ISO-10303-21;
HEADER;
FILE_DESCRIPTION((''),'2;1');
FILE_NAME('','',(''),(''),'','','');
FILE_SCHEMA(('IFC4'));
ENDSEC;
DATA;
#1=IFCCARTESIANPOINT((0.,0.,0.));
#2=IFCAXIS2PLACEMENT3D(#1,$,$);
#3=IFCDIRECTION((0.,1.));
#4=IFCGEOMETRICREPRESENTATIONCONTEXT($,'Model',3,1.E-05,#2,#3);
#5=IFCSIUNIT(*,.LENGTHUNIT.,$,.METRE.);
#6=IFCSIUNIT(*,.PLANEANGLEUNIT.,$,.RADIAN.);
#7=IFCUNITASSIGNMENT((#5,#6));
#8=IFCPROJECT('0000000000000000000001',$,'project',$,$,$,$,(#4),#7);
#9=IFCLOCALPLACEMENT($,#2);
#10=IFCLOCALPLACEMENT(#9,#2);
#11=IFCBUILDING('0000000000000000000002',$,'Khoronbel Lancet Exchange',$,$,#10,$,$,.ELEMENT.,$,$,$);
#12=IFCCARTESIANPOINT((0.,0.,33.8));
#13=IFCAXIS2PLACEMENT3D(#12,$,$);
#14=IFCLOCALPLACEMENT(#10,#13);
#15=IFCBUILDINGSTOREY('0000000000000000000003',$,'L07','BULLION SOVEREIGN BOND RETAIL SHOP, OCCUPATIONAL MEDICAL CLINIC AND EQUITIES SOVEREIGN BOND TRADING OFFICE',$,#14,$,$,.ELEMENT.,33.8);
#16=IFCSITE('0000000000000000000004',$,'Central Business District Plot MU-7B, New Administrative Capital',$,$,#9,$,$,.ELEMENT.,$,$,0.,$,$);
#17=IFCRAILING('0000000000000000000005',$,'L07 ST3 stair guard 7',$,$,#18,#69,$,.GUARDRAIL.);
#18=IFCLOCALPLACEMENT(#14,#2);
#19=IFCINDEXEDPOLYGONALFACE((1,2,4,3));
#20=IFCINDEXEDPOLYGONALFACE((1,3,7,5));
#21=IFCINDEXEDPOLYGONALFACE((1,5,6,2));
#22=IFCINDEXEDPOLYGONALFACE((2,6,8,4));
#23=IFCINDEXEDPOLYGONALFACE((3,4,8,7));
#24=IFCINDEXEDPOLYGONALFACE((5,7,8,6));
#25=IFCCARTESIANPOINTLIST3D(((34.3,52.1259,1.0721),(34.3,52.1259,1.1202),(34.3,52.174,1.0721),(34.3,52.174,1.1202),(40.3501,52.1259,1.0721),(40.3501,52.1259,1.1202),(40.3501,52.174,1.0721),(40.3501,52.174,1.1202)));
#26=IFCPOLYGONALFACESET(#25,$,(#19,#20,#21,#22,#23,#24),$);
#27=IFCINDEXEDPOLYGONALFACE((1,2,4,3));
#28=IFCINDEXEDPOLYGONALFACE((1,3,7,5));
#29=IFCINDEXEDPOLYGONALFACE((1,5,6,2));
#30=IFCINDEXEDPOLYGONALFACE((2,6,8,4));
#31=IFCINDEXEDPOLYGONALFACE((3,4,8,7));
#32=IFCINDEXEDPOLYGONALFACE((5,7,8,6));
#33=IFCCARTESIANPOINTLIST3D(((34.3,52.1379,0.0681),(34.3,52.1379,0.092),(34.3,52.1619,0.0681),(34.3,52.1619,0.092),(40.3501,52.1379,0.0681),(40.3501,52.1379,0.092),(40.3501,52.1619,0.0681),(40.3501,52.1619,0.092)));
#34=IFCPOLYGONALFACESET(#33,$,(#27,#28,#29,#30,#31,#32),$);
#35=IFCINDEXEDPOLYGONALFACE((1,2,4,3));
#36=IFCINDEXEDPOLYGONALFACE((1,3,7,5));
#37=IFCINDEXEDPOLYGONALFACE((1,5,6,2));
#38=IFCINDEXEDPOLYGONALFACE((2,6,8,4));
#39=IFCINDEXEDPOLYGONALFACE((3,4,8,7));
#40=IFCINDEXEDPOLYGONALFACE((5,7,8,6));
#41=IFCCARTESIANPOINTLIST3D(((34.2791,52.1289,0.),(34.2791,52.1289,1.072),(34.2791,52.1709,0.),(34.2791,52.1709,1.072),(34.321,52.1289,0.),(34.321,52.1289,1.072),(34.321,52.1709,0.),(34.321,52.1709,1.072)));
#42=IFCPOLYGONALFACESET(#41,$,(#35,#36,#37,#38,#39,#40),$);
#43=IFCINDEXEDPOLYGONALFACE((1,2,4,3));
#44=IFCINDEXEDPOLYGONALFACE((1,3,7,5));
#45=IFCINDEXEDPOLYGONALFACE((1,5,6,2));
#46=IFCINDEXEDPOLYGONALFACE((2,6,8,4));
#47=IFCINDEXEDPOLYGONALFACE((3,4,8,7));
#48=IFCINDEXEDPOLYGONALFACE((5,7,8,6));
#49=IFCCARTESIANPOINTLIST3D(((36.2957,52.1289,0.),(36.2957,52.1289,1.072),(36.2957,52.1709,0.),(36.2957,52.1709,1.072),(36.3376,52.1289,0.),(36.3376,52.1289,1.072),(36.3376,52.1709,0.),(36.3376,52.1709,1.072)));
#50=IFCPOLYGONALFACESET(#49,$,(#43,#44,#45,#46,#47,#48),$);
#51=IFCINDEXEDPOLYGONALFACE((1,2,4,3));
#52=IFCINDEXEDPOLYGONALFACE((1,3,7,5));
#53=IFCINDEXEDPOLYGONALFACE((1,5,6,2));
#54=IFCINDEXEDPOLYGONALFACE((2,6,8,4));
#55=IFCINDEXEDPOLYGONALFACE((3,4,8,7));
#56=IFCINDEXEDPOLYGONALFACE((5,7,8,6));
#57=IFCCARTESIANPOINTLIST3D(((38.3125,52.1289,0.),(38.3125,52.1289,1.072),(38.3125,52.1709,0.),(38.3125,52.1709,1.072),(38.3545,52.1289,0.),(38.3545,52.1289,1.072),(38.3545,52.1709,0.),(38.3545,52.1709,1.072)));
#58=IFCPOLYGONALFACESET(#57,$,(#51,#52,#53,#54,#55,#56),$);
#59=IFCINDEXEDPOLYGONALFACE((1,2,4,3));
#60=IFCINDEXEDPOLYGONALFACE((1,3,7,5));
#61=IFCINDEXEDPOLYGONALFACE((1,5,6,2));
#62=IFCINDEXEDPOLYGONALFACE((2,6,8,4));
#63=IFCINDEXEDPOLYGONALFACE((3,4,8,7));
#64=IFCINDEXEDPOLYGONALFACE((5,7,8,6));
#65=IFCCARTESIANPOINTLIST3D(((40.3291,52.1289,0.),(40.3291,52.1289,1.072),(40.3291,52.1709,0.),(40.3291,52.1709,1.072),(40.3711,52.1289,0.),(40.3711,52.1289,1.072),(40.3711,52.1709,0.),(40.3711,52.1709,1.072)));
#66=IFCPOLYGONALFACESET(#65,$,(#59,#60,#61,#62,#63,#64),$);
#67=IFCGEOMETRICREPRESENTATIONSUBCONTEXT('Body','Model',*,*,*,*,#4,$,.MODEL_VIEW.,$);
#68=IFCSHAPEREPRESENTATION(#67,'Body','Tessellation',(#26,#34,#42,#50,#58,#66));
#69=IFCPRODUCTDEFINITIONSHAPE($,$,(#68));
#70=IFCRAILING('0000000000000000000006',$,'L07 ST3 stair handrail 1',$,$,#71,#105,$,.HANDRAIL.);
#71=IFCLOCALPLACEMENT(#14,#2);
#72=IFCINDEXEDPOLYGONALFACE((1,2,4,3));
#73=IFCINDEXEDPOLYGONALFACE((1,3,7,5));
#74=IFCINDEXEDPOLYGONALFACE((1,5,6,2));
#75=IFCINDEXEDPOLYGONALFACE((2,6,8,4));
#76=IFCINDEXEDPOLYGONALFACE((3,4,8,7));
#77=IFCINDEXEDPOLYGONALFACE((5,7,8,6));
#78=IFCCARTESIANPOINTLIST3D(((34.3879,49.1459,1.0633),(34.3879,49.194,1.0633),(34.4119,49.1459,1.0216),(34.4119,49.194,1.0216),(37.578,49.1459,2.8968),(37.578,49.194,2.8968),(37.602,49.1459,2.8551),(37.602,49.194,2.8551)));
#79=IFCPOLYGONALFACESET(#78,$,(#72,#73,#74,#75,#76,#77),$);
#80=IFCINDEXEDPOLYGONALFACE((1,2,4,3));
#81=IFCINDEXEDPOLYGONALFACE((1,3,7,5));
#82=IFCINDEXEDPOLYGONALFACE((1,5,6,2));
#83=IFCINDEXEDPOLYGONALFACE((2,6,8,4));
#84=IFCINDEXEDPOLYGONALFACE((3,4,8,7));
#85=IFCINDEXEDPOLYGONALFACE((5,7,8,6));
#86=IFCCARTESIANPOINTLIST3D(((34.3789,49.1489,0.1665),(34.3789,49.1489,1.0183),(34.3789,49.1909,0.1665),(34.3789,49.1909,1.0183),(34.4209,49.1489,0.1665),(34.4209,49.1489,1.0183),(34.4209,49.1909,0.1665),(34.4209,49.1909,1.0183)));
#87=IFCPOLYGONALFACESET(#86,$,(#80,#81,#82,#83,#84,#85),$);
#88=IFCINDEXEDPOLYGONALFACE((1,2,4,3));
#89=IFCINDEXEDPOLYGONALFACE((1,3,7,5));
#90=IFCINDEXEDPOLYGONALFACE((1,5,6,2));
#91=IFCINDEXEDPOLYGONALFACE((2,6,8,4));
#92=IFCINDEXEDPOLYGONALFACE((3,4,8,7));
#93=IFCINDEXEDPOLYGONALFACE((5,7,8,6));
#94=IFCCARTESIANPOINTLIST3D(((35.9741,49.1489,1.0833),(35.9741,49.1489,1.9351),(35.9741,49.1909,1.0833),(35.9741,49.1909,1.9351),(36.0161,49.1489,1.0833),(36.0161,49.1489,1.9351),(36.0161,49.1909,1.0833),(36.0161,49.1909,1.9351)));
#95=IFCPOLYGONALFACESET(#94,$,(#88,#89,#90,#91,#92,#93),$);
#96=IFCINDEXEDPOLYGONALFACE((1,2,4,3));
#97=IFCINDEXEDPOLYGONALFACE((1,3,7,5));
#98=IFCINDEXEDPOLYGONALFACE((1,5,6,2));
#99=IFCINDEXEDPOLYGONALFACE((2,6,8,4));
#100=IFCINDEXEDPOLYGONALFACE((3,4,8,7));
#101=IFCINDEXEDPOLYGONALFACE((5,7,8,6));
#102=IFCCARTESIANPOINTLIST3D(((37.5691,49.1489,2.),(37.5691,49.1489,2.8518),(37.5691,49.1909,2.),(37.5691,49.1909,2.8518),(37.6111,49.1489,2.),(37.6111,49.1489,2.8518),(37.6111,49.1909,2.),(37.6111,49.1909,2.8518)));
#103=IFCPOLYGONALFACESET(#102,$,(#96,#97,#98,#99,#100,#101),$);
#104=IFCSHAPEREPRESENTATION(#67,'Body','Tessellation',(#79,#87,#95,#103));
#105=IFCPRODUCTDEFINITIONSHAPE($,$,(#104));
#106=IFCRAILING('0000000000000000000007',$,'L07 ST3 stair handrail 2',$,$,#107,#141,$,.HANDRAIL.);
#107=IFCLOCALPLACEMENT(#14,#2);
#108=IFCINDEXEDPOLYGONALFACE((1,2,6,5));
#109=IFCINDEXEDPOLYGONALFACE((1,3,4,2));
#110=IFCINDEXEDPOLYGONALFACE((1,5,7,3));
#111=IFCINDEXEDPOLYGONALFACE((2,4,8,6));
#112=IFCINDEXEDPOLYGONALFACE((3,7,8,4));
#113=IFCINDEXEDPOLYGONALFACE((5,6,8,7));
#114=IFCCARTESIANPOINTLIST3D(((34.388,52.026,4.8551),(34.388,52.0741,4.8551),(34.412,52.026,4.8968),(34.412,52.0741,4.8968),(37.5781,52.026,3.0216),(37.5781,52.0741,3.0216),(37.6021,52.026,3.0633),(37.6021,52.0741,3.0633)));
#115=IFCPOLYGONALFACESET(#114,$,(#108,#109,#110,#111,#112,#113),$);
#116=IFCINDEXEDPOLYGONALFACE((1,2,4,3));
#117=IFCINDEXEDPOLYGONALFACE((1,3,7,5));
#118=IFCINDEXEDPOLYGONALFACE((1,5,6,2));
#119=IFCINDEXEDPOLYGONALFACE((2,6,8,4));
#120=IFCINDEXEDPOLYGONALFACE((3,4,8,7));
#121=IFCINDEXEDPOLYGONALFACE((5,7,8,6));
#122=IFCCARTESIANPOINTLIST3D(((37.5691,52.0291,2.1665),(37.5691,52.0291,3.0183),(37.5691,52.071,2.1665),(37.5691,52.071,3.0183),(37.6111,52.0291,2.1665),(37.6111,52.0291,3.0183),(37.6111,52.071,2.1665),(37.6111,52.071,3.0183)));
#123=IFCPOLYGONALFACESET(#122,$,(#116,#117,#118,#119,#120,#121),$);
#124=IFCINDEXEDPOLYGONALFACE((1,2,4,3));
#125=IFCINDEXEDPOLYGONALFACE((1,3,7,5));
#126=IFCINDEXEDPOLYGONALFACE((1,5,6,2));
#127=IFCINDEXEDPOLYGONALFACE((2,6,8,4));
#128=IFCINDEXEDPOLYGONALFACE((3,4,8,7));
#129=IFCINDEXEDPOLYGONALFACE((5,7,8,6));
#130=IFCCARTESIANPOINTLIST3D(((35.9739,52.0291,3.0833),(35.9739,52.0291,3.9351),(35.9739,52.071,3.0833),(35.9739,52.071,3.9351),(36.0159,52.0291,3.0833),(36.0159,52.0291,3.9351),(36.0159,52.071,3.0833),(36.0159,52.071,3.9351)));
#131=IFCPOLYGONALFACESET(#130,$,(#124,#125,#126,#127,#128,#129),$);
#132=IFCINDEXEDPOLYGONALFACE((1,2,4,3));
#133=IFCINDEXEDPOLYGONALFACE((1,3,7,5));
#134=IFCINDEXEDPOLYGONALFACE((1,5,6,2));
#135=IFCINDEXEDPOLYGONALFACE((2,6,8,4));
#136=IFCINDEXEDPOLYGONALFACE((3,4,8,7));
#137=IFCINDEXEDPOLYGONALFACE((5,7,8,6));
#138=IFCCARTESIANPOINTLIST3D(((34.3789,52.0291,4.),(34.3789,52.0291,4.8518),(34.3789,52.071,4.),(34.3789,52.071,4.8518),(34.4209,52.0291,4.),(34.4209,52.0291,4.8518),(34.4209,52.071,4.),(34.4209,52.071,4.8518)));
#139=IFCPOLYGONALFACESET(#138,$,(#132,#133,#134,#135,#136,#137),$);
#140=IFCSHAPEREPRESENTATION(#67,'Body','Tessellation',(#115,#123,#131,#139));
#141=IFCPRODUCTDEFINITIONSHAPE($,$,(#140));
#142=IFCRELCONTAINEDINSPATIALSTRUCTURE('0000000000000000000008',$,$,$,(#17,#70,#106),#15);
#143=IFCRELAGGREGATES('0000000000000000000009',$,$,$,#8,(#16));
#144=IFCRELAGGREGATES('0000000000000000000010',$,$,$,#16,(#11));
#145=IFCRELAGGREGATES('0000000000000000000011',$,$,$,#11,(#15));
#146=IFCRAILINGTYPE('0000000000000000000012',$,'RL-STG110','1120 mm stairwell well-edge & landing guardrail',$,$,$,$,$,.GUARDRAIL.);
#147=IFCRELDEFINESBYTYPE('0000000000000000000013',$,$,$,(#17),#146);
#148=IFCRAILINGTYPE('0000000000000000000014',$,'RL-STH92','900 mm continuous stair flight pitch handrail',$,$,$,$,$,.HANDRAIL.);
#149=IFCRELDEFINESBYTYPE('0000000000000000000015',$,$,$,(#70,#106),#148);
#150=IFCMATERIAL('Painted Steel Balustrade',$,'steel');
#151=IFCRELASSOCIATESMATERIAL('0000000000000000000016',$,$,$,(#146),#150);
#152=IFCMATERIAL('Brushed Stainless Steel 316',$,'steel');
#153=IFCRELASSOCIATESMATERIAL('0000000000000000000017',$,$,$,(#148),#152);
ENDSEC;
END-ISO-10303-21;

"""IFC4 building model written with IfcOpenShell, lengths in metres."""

from ifc_helpers import new_model, si_unit, direction, frame, origin, origin_2d, place, context, subcontext, project, spatial, rectangle, extrude, material, type_object, element, save


model = new_model("IFC4")

# Units and contexts
model_context = context("Model", 3, precision=1e-05, world=origin(), true_north=direction((0.0, 1.0)))
body_context = subcontext(model_context, "Body", "Model", "MODEL_VIEW")
ifc_project = project(units=[si_unit("LENGTHUNIT", "METRE"), si_unit("PLANEANGLEUNIT", "RADIAN")], contexts=[model_context])

# Site, building, storey
site_placement = place(None, origin())
site = spatial("IfcSite", under=ifc_project, at=site_placement, Name="Central Business District Plot MU-7B, New Administrative Capital", CompositionType="ELEMENT", RefElevation=0.0)
building_placement = place(site_placement, origin())
building = spatial("IfcBuilding", under=site, at=building_placement, Name="Khoronbel Lancet Exchange", CompositionType="ELEMENT")
storey_placement = place(building_placement, frame((0.0, 0.0, 33.8)))
storey = spatial("IfcBuildingStorey", under=building, at=storey_placement, Name="L07", Description="BULLION SOVEREIGN BOND RETAIL SHOP, OCCUPATIONAL MEDICAL CLINIC AND EQUITIES SOVEREIGN BOND TRADING OFFICE", CompositionType="ELEMENT", Elevation=33.8)

# Railings
ifc_material_1 = material(Name="Painted Steel Balustrade", Category="steel")
railing_type_1 = type_object("IfcRailingType", Name="RL-STG110", Description="1120 mm stairwell well-edge & landing guardrail", PredefinedType="GUARDRAIL", material=ifc_material_1)
railing_1_placement = place(storey_placement, frame((34.3, 52.1499, 0.0)))
element("IfcRailing", 1, at=railing_1_placement, inside=storey, type_object=railing_type_1, Name="L07 ST3 stair guard 7", PredefinedType="GUARDRAIL", context=body_context, shape_type="SweptSolid", body=[
    extrude(rectangle(XDim=0.0481, YDim=0.0481, at=origin_2d()), frame((0.0, 0.0, 1.0962), z_axis=(1.0, 0.0, 0.0), x_axis=(0.0, 1.0, 0.0)), (0.0, 0.0, 1.0), 6.05),
    extrude(rectangle(XDim=0.0239, YDim=0.0239, at=origin_2d()), frame((0.0, 0.0, 0.0801), z_axis=(1.0, 0.0, 0.0), x_axis=(0.0, 1.0, 0.0)), (0.0, 0.0, 1.0), 6.05),
    extrude(rectangle(XDim=0.042, YDim=0.042, at=origin_2d()), origin(), (0.0, 0.0, 1.0), 1.072),
    extrude(rectangle(XDim=0.042, YDim=0.042, at=origin_2d()), frame((2.0166, 0.0, 0.0)), (0.0, 0.0, 1.0), 1.072),
    extrude(rectangle(XDim=0.042, YDim=0.042, at=origin_2d()), frame((4.0334, 0.0, 0.0)), (0.0, 0.0, 1.0), 1.072),
    extrude(rectangle(XDim=0.042, YDim=0.042, at=origin_2d()), frame((6.05, 0.0, 0.0)), (0.0, 0.0, 1.0), 1.072),
])
ifc_material_2 = material(Name="Brushed Stainless Steel 316", Category="steel")
railing_type_2 = type_object("IfcRailingType", Name="RL-STH92", Description="900 mm continuous stair flight pitch handrail", PredefinedType="HANDRAIL", material=ifc_material_2)
railing_2_placement = place(storey_placement, frame((34.3999, 49.1699, 0.1665)))
element("IfcRailing", 2, at=railing_2_placement, inside=storey, type_object=railing_type_2, Name="L07 ST3 stair handrail 1", PredefinedType="HANDRAIL", context=body_context, shape_type="SweptSolid", body=[
    extrude(rectangle(XDim=0.0481, YDim=0.0481, at=origin_2d()), frame((0.0, 0.0, 0.876), z_axis=(0.867007, 0.0, 0.498295), x_axis=(0.0, 1.0, 0.0)), (0.0, 0.0, 1.0), 3.6794),
    extrude(rectangle(XDim=0.042, YDim=0.042, at=origin_2d()), origin(), (0.0, 0.0, 1.0), 0.8518),
    extrude(rectangle(XDim=0.042, YDim=0.042, at=origin_2d()), frame((1.5952, 0.0, 0.9167)), (0.0, 0.0, 1.0), 0.8518),
    extrude(rectangle(XDim=0.042, YDim=0.042, at=origin_2d()), frame((3.1902, 0.0, 1.8335)), (0.0, 0.0, 1.0), 0.8518),
])
railing_3_placement = place(storey_placement, frame((37.5901, 52.05, 2.1665)))
element("IfcRailing", 3, at=railing_3_placement, inside=storey, type_object=railing_type_2, Name="L07 ST3 stair handrail 2", PredefinedType="HANDRAIL", context=body_context, shape_type="SweptSolid", body=[
    extrude(rectangle(XDim=0.0481, YDim=0.0481, at=origin_2d()), frame((0.0, 0.0, 0.876), z_axis=(-0.867007, 0.0, 0.498295), x_axis=(0.0, -1.0, 0.0)), (0.0, 0.0, 1.0), 3.6794),
    extrude(rectangle(XDim=0.042, YDim=0.042, at=origin_2d()), origin(), (0.0, 0.0, 1.0), 0.8518),
    extrude(rectangle(XDim=0.042, YDim=0.042, at=origin_2d()), frame((-1.5952, 0.0, 0.9167)), (0.0, 0.0, 1.0), 0.8518),
    extrude(rectangle(XDim=0.042, YDim=0.042, at=origin_2d()), frame((-3.1902, 0.0, 1.8335)), (0.0, 0.0, 1.0), 0.8518),
])

save(model, "model.ifc")
